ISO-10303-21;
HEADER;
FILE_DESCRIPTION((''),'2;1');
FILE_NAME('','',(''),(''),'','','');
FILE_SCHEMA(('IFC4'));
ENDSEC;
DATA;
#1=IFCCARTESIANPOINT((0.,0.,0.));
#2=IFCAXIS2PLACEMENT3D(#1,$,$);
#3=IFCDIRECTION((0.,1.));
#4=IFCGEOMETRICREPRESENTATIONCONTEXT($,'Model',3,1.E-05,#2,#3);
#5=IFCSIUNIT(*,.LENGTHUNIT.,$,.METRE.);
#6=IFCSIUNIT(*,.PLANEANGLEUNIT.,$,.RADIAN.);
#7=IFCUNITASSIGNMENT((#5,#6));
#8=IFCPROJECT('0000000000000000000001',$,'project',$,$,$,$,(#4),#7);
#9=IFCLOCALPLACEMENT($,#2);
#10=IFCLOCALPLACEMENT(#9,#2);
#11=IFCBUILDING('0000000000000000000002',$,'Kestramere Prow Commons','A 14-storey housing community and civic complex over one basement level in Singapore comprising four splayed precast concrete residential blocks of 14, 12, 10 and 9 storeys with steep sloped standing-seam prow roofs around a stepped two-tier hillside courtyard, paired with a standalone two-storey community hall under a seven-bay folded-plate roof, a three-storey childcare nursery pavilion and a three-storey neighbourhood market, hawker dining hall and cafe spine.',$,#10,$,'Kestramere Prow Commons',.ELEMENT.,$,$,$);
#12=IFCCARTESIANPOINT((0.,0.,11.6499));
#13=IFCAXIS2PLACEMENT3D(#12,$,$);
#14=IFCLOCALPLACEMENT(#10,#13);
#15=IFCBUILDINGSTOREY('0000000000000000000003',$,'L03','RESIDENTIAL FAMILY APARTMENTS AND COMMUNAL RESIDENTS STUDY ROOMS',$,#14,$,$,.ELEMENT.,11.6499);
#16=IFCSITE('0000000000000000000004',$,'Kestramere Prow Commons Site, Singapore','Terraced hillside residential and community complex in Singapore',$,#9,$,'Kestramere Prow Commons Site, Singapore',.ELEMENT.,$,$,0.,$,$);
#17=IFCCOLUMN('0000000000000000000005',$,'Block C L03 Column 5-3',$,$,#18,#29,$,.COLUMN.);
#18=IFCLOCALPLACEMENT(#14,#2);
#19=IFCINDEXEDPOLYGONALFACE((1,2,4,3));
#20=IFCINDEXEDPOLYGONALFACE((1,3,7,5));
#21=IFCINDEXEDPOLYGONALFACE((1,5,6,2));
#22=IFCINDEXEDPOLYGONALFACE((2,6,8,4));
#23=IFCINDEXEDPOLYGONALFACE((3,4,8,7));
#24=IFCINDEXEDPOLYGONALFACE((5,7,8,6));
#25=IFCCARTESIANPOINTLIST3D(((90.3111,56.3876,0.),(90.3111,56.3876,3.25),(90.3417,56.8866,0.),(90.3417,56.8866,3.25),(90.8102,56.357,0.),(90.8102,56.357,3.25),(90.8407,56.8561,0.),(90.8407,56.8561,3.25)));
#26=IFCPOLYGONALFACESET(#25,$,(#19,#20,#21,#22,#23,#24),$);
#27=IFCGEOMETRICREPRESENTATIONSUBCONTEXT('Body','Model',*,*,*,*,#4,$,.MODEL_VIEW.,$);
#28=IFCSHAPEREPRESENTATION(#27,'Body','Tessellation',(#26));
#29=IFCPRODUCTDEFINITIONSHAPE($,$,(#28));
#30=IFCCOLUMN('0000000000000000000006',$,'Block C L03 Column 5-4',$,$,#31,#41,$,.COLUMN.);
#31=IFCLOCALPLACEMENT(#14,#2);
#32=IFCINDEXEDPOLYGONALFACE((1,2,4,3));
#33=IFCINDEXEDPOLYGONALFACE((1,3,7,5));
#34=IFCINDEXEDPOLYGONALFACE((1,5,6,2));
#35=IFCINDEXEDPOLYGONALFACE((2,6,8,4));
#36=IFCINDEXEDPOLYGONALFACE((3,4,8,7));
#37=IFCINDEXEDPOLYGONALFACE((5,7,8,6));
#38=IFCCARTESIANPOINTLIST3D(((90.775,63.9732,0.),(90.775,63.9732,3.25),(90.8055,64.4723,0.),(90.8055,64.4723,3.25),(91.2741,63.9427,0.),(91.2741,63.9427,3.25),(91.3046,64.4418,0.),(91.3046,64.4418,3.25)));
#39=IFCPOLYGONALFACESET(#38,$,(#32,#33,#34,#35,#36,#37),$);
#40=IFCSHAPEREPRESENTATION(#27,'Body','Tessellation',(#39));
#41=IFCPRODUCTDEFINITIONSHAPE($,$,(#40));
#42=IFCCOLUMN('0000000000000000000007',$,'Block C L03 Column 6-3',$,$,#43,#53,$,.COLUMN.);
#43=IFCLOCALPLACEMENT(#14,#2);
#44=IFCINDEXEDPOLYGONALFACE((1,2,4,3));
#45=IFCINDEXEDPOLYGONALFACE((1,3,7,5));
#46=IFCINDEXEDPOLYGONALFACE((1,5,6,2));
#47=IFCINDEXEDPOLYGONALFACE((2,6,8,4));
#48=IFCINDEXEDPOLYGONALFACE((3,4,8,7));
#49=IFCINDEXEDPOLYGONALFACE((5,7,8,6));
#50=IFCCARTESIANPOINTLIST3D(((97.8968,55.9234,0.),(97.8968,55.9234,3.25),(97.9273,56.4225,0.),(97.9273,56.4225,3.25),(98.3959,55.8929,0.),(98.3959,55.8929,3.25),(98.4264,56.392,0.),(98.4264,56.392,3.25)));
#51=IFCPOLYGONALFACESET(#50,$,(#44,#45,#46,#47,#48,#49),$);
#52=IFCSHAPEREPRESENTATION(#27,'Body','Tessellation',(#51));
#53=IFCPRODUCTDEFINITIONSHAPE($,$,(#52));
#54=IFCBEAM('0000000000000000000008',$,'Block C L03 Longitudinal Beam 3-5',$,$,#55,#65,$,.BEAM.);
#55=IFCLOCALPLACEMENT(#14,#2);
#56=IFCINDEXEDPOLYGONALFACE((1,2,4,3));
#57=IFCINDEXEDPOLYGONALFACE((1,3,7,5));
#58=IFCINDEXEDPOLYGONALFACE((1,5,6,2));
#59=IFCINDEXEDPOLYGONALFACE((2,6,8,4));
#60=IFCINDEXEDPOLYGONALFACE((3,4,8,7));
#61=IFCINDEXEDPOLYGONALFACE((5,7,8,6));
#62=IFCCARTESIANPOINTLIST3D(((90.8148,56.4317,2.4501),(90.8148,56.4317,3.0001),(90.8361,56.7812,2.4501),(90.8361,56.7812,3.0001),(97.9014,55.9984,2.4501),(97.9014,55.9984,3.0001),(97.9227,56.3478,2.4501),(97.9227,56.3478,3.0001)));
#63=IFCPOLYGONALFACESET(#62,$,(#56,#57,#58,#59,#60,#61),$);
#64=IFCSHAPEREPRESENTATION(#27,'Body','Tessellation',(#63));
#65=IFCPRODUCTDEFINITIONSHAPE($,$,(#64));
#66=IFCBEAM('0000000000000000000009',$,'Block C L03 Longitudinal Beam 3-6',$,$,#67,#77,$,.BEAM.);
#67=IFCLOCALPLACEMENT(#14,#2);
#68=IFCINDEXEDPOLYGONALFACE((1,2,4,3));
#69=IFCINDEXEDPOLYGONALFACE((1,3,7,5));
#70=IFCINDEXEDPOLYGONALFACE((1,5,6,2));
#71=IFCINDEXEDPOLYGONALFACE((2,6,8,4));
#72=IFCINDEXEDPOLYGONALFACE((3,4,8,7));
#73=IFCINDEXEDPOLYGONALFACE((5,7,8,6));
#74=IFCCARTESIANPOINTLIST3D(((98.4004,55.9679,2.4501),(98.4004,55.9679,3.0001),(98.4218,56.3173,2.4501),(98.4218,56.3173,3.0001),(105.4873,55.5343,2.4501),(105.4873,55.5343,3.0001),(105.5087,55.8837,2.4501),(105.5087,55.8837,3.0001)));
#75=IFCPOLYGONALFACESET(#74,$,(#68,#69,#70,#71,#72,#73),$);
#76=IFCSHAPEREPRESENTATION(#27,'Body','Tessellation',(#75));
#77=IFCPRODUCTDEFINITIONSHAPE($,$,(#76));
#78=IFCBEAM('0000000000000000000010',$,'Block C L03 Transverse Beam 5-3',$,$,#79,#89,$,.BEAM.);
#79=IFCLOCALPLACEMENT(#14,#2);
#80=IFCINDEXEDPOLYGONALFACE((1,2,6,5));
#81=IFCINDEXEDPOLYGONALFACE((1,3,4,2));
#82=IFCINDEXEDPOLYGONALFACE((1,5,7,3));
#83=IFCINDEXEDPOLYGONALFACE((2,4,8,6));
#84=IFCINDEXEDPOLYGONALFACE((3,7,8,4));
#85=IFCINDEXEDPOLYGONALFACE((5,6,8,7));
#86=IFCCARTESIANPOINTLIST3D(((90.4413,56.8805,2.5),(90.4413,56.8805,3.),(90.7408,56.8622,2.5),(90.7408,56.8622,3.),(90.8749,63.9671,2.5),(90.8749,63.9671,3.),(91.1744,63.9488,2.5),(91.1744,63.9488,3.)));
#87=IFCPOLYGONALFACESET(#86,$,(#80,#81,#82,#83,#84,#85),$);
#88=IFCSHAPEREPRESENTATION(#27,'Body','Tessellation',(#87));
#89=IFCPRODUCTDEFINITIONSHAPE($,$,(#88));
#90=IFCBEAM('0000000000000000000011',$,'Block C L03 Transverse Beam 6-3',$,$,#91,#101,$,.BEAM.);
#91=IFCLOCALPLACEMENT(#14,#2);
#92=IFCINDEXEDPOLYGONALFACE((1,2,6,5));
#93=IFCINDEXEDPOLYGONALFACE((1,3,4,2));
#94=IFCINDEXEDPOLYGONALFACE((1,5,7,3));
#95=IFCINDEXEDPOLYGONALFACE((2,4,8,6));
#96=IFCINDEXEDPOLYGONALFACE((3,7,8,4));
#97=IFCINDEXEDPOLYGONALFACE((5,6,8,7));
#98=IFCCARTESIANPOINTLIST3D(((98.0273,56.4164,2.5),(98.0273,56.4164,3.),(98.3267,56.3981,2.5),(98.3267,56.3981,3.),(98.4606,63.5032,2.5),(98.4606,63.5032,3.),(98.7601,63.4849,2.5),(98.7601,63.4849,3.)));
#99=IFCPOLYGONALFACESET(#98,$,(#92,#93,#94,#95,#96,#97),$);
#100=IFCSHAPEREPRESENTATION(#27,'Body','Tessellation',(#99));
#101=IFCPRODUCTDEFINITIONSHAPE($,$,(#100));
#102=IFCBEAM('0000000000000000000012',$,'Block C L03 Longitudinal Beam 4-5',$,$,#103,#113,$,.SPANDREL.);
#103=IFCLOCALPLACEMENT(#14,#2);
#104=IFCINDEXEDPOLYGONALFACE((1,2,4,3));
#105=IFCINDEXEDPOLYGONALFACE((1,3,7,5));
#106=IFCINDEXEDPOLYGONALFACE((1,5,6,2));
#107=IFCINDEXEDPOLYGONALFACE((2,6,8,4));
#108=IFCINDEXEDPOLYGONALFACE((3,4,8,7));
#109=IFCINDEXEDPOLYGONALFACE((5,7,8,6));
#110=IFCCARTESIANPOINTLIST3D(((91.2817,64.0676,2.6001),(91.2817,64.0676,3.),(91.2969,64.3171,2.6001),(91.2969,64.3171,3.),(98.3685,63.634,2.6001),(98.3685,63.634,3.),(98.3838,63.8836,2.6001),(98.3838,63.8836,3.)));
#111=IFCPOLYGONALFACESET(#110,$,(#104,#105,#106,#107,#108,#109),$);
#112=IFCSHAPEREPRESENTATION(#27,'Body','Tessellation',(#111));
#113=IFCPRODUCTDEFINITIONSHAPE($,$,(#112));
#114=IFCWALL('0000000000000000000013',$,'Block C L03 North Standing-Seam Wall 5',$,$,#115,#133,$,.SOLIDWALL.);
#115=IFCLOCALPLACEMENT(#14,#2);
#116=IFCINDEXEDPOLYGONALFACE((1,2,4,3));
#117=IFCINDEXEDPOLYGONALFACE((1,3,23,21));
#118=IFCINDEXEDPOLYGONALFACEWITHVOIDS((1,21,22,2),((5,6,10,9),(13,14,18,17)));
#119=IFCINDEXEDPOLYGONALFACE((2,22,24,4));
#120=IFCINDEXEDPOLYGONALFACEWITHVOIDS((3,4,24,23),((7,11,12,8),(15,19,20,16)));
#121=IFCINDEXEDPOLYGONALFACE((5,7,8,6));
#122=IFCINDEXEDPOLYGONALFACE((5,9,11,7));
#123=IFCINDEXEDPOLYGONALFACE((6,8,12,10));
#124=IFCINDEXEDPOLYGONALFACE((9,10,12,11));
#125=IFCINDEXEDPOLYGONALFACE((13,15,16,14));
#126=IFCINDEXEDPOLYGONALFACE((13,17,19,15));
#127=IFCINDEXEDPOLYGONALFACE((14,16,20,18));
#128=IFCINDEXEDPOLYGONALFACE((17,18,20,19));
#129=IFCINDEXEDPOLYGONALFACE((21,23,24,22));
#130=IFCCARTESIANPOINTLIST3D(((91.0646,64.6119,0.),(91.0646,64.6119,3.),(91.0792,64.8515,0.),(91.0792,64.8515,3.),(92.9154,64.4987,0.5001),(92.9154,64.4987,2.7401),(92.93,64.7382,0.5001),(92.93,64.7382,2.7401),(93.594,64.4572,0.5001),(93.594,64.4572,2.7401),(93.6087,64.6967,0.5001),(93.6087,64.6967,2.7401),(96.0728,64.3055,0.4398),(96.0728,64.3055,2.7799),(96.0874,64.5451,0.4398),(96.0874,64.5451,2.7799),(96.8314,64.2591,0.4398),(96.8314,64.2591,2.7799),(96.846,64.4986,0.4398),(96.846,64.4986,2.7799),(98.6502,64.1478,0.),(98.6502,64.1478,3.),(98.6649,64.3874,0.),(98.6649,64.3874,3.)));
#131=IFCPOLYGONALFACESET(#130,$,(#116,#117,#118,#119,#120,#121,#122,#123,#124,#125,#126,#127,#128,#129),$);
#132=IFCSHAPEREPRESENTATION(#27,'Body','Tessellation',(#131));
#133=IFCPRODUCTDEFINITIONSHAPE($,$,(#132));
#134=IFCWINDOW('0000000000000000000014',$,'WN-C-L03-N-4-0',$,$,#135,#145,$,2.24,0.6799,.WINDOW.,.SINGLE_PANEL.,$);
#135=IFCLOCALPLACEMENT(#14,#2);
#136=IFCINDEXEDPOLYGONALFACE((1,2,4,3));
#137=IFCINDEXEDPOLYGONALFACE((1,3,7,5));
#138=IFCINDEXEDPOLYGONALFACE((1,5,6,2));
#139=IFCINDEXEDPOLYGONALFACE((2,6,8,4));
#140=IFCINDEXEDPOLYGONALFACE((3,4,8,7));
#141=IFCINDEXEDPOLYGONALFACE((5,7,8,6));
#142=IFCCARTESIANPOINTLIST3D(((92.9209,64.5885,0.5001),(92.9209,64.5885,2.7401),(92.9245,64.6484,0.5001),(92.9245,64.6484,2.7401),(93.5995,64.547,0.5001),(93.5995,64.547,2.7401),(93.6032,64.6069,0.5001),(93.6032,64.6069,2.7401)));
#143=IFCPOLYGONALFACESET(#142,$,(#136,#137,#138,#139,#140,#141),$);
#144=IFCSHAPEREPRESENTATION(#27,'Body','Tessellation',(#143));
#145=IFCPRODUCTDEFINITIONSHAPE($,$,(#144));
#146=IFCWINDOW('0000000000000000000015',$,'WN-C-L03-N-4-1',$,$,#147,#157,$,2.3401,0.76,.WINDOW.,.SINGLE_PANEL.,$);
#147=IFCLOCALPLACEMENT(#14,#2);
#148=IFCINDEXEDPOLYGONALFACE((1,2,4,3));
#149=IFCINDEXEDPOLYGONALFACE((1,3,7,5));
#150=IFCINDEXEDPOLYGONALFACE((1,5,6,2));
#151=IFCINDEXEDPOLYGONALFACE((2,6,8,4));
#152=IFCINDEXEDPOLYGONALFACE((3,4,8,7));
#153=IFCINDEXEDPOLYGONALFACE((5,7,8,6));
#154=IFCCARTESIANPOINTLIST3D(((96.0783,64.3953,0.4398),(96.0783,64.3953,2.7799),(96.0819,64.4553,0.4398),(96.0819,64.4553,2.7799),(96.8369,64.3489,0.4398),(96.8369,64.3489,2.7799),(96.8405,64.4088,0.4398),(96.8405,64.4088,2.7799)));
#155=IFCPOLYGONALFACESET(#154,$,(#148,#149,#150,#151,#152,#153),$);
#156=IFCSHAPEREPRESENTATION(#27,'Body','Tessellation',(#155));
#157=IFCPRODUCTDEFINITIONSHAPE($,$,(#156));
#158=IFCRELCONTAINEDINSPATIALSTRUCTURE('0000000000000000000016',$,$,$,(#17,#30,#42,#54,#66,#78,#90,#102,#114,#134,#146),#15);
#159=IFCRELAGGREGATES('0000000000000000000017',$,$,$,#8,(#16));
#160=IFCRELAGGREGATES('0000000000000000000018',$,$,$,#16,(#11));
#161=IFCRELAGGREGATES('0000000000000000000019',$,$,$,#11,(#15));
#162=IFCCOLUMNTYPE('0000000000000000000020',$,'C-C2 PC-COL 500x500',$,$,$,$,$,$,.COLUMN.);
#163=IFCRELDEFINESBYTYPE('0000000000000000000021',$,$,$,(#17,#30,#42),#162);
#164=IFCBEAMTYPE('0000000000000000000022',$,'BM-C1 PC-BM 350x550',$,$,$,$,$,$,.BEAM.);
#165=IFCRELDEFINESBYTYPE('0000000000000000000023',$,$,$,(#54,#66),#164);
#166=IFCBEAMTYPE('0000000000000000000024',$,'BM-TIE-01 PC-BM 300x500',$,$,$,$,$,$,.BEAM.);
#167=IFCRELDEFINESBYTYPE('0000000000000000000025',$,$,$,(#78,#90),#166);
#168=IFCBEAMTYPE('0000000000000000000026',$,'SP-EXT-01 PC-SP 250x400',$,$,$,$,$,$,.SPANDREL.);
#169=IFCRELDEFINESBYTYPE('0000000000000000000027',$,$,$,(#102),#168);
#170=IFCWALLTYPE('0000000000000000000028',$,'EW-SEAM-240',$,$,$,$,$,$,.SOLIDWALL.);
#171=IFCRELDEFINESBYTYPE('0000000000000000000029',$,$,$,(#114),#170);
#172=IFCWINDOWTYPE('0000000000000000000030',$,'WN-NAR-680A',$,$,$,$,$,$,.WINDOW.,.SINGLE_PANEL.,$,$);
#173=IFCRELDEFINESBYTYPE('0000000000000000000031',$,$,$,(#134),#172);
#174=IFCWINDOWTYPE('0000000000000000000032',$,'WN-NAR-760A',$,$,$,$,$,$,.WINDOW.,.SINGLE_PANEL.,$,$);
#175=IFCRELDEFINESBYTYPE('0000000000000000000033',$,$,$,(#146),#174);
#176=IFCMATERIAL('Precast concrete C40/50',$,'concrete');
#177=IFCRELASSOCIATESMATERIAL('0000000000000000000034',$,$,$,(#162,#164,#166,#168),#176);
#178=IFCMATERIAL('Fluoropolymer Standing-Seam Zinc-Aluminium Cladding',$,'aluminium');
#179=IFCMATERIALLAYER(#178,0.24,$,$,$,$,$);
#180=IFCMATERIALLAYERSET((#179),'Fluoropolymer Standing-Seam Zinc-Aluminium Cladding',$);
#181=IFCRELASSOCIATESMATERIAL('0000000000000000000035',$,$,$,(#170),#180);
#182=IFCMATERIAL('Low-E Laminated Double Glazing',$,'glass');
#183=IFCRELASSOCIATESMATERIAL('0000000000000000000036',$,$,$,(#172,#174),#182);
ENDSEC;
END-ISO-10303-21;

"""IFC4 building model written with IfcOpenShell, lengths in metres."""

from ifc_helpers import new_model, si_unit, direction, frame, frame_2d, origin, origin_2d, place, context, subcontext, project, spatial, rectangle, extrude, material, layer, layer_set, material_profile, profile_set, type_object, element, fill, save


model = new_model("IFC4")

# Units and contexts
model_context = context("Model", 3, precision=1e-05, world=origin(), true_north=direction((0.0, 1.0)))
body_context = subcontext(model_context, "Body", "Model", "MODEL_VIEW")
ifc_project = project(units=[si_unit("LENGTHUNIT", "METRE"), si_unit("PLANEANGLEUNIT", "RADIAN")], contexts=[model_context])

# Site, building, storey
site_placement = place(None, origin())
site = spatial("IfcSite", under=ifc_project, at=site_placement, Name="Kestramere Prow Commons Site, Singapore", Description="Terraced hillside residential and community complex in Singapore", LongName="Kestramere Prow Commons Site, Singapore", CompositionType="ELEMENT", RefElevation=0.0)
building_placement = place(site_placement, origin())
building = spatial("IfcBuilding", under=site, at=building_placement, Name="Kestramere Prow Commons", Description="A 14-storey housing community and civic complex over one basement level in Singapore comprising four splayed precast concrete residential blocks of 14, 12, 10 and 9 storeys with steep sloped standing-seam prow roofs around a stepped two-tier hillside courtyard, paired with a standalone two-storey community hall under a seven-bay folded-plate roof, a three-storey childcare nursery pavilion and a three-storey neighbourhood market, hawker dining hall and cafe spine.", LongName="Kestramere Prow Commons", CompositionType="ELEMENT")
storey_placement = place(building_placement, frame((0.0, 0.0, 11.6499)))
storey = spatial("IfcBuildingStorey", under=building, at=storey_placement, Name="L03", Description="RESIDENTIAL FAMILY APARTMENTS AND COMMUNAL RESIDENTS STUDY ROOMS", CompositionType="ELEMENT", Elevation=11.6499)

# Columns
ifc_material_1 = material(Name="Precast concrete C40/50", Category="concrete")
ifc_material_profile_1 = material_profile(ifc_material_1, rectangle(XDim=0.5, YDim=0.5, at=origin_2d()), Name="PC-COL 500x500")
ifc_profile_set_1 = profile_set([ifc_material_profile_1], Name="Precast concrete C40/50")
column_type = type_object("IfcColumnType", Name="C-C2 PC-COL 500x500", PredefinedType="COLUMN", material=ifc_profile_set_1)
for number, where, z_axis, x_axis, name in (
    (1, (90.5759, 56.6218, 0.0), (0.0, 0.0, 1.0), (0.998135, -0.061049, 0.0), "Block C L03 Column 5-3"),
    (2, (91.0398, 64.2075, 0.0), (0.0, 0.0, 1.0), (0.998135, -0.061049, 0.0), "Block C L03 Column 5-4"),
    (3, (98.1616, 56.1577, 0.0), (0.0, 0.0, 1.0), (0.998135, -0.061049, 0.0), "Block C L03 Column 6-3"),
):
    element("IfcColumn", number, at=place(storey_placement, frame(where, z_axis=z_axis, x_axis=x_axis)), inside=storey, type_object=column_type, Name=name, PredefinedType="COLUMN", context=body_context, shape_type="SweptSolid", body=[
        extrude(rectangle(XDim=0.5, YDim=0.5, at=origin_2d()), origin(), (0.0, 0.0, 1.0), 3.25),
    ])

# Beams
ifc_material_profile_2 = material_profile(ifc_material_1, rectangle(XDim=0.3501, YDim=0.55, at=origin_2d()), Name="PC-BM 350x550")
ifc_profile_set_2 = profile_set([ifc_material_profile_2], Name="Precast concrete C40/50")
beam_type_1 = type_object("IfcBeamType", Name="BM-C1 PC-BM 350x550", PredefinedType="BEAM", material=ifc_profile_set_2)
beam_1_placement = place(storey_placement, frame((90.8254, 56.6064, 2.7251), z_axis=(0.998136, -0.061036, 0.0), x_axis=(0.061036, 0.998136, 0.0)))
element("IfcBeam", 4, at=beam_1_placement, inside=storey, type_object=beam_type_1, Name="Block C L03 Longitudinal Beam 3-5", PredefinedType="BEAM", context=body_context, shape_type="SweptSolid", body=[
    extrude(rectangle(XDim=0.3501, YDim=0.55, at=origin_2d()), origin(), (0.0, 0.0, 1.0), 7.0999),
])
beam_2_placement = place(storey_placement, frame((98.4111, 56.1426, 2.7251), z_axis=(0.998134, -0.061068, 0.0), x_axis=(0.061068, 0.998134, 0.0)))
element("IfcBeam", 5, at=beam_2_placement, inside=storey, type_object=beam_type_1, Name="Block C L03 Longitudinal Beam 3-6", PredefinedType="BEAM", context=body_context, shape_type="SweptSolid", body=[
    extrude(rectangle(XDim=0.3501, YDim=0.55, at=origin_2d()), origin(), (0.0, 0.0, 1.0), 7.1001),
])
ifc_material_profile_3 = material_profile(ifc_material_1, rectangle(XDim=0.3, YDim=0.5, at=origin_2d()), Name="PC-BM 300x500")
ifc_profile_set_3 = profile_set([ifc_material_profile_3], Name="Precast concrete C40/50")
beam_type_2 = type_object("IfcBeamType", Name="BM-TIE-01 PC-BM 300x500", PredefinedType="BEAM", material=ifc_profile_set_3)
beam_3_placement = place(storey_placement, frame((90.5911, 56.8713, 2.75), z_axis=(0.06107, 0.998133, 0.0), x_axis=(-0.998133, 0.06107, 0.0)))
element("IfcBeam", 6, at=beam_3_placement, inside=storey, type_object=beam_type_2, Name="Block C L03 Transverse Beam 5-3", PredefinedType="BEAM", context=body_context, shape_type="SweptSolid", body=[
    extrude(rectangle(XDim=0.3, YDim=0.5, at=origin_2d()), origin(), (0.0, 0.0, 1.0), 7.0999),
])
beam_4_placement = place(storey_placement, frame((98.177, 56.4072, 2.75), z_axis=(0.061034, 0.998136, 0.0), x_axis=(-0.998136, 0.061034, 0.0)))
element("IfcBeam", 7, at=beam_4_placement, inside=storey, type_object=beam_type_2, Name="Block C L03 Transverse Beam 6-3", PredefinedType="BEAM", context=body_context, shape_type="SweptSolid", body=[
    extrude(rectangle(XDim=0.3, YDim=0.5, at=origin_2d()), origin(), (0.0, 0.0, 1.0), 7.1001),
])
ifc_material_profile_4 = material_profile(ifc_material_1, rectangle(XDim=0.25, YDim=0.3999, at=origin_2d()), Name="PC-SP 250x400")
ifc_profile_set_4 = profile_set([ifc_material_profile_4], Name="Precast concrete C40/50")
beam_type_3 = type_object("IfcBeamType", Name="SP-EXT-01 PC-SP 250x400", PredefinedType="SPANDREL", material=ifc_profile_set_4)
beam_5_placement = place(storey_placement, frame((91.2893, 64.1924, 2.8), z_axis=(0.998134, -0.061068, 0.0), x_axis=(0.061068, 0.998134, 0.0)))
element("IfcBeam", 8, at=beam_5_placement, inside=storey, type_object=beam_type_3, Name="Block C L03 Longitudinal Beam 4-5", PredefinedType="SPANDREL", context=body_context, shape_type="SweptSolid", body=[
    extrude(rectangle(XDim=0.25, YDim=0.3999, at=origin_2d()), origin(), (0.0, 0.0, 1.0), 7.1001),
])

# Wall, openings, windows
ifc_material_2 = material(Name="Fluoropolymer Standing-Seam Zinc-Aluminium Cladding", Category="aluminium")
ifc_layer_1 = layer(ifc_material_2, 0.24)
ifc_layer_set_1 = layer_set([ifc_layer_1], Name="Fluoropolymer Standing-Seam Zinc-Aluminium Cladding")
wall_type_1 = type_object("IfcWallType", Name="EW-SEAM-240", PredefinedType="SOLIDWALL", material=ifc_layer_set_1)
wall_1_placement = place(storey_placement, frame((91.072, 64.7317, 0.0), z_axis=(0.0, 0.0, 1.0), x_axis=(0.998134, -0.061068, 0.0)))
wall_1 = element("IfcWall", 9, at=wall_1_placement, inside=storey, type_object=wall_type_1, Name="Block C L03 North Standing-Seam Wall 5", PredefinedType="SOLIDWALL", context=body_context, shape_type="SweptSolid", body=[
    extrude(rectangle(XDim=7.5999, YDim=0.24, at=frame_2d((3.7998, 0.0))), origin(), (0.0, 0.0, 1.0), 3.0),
])
opening_1_placement = place(wall_1_placement, frame((1.8542, 0.0, 0.5)))
opening_1 = element("IfcOpeningElement", 10, at=opening_1_placement, cuts=wall_1, PredefinedType="OPENING", context=body_context, shape_type="SweptSolid", body=[
    extrude(rectangle(XDim=0.6799, YDim=2.24, at=frame_2d((0.3398, 1.1201))), frame((0.0, 0.135, 0.0), z_axis=(0.0, -1.0, 0.0), x_axis=(1.0, 0.0, 0.0)), (0.0, 0.0, 1.0), 0.27),
])
opening_2_placement = place(wall_1_placement, frame((5.0176, 0.0, 0.4399)))
opening_2 = element("IfcOpeningElement", 11, at=opening_2_placement, cuts=wall_1, PredefinedType="OPENING", context=body_context, shape_type="SweptSolid", body=[
    extrude(rectangle(XDim=0.76, YDim=2.3401, at=frame_2d((0.3799, 1.1699))), frame((0.0, 0.135, 0.0), z_axis=(0.0, -1.0, 0.0), x_axis=(1.0, 0.0, 0.0)), (0.0, 0.0, 1.0), 0.27),
])
ifc_material_3 = material(Name="Low-E Laminated Double Glazing", Category="glass")
window_type_1 = type_object("IfcWindowType", Name="WN-NAR-680A", PartitioningType="SINGLE_PANEL", PredefinedType="WINDOW", material=ifc_material_3)
window_1_placement = place(opening_1_placement, origin())
window_1 = element("IfcWindow", 12, at=window_1_placement, inside=storey, type_object=window_type_1, Name="WN-C-L03-N-4-0", OverallHeight=2.24, OverallWidth=0.6799, PartitioningType="SINGLE_PANEL", PredefinedType="WINDOW", context=body_context, shape_type="SweptSolid", body=[
    extrude(rectangle(XDim=0.6799, YDim=2.24, at=frame_2d((0.3398, 1.1201))), frame((0.0, 0.03, 0.0), z_axis=(0.0, -1.0, 0.0), x_axis=(1.0, 0.0, 0.0)), (0.0, 0.0, 1.0), 0.0601),
])
fill(opening_1, window_1)
window_type_2 = type_object("IfcWindowType", Name="WN-NAR-760A", PartitioningType="SINGLE_PANEL", PredefinedType="WINDOW", material=ifc_material_3)
window_2_placement = place(opening_2_placement, origin())
window_2 = element("IfcWindow", 13, at=window_2_placement, inside=storey, type_object=window_type_2, Name="WN-C-L03-N-4-1", OverallHeight=2.3401, OverallWidth=0.76, PartitioningType="SINGLE_PANEL", PredefinedType="WINDOW", context=body_context, shape_type="SweptSolid", body=[
    extrude(rectangle(XDim=0.76, YDim=2.3401, at=frame_2d((0.3799, 1.1699))), frame((0.0, 0.03, 0.0), z_axis=(0.0, -1.0, 0.0), x_axis=(1.0, 0.0, 0.0)), (0.0, 0.0, 1.0), 0.0601),
])
fill(opening_2, window_2)

save(model, "model.ifc")
